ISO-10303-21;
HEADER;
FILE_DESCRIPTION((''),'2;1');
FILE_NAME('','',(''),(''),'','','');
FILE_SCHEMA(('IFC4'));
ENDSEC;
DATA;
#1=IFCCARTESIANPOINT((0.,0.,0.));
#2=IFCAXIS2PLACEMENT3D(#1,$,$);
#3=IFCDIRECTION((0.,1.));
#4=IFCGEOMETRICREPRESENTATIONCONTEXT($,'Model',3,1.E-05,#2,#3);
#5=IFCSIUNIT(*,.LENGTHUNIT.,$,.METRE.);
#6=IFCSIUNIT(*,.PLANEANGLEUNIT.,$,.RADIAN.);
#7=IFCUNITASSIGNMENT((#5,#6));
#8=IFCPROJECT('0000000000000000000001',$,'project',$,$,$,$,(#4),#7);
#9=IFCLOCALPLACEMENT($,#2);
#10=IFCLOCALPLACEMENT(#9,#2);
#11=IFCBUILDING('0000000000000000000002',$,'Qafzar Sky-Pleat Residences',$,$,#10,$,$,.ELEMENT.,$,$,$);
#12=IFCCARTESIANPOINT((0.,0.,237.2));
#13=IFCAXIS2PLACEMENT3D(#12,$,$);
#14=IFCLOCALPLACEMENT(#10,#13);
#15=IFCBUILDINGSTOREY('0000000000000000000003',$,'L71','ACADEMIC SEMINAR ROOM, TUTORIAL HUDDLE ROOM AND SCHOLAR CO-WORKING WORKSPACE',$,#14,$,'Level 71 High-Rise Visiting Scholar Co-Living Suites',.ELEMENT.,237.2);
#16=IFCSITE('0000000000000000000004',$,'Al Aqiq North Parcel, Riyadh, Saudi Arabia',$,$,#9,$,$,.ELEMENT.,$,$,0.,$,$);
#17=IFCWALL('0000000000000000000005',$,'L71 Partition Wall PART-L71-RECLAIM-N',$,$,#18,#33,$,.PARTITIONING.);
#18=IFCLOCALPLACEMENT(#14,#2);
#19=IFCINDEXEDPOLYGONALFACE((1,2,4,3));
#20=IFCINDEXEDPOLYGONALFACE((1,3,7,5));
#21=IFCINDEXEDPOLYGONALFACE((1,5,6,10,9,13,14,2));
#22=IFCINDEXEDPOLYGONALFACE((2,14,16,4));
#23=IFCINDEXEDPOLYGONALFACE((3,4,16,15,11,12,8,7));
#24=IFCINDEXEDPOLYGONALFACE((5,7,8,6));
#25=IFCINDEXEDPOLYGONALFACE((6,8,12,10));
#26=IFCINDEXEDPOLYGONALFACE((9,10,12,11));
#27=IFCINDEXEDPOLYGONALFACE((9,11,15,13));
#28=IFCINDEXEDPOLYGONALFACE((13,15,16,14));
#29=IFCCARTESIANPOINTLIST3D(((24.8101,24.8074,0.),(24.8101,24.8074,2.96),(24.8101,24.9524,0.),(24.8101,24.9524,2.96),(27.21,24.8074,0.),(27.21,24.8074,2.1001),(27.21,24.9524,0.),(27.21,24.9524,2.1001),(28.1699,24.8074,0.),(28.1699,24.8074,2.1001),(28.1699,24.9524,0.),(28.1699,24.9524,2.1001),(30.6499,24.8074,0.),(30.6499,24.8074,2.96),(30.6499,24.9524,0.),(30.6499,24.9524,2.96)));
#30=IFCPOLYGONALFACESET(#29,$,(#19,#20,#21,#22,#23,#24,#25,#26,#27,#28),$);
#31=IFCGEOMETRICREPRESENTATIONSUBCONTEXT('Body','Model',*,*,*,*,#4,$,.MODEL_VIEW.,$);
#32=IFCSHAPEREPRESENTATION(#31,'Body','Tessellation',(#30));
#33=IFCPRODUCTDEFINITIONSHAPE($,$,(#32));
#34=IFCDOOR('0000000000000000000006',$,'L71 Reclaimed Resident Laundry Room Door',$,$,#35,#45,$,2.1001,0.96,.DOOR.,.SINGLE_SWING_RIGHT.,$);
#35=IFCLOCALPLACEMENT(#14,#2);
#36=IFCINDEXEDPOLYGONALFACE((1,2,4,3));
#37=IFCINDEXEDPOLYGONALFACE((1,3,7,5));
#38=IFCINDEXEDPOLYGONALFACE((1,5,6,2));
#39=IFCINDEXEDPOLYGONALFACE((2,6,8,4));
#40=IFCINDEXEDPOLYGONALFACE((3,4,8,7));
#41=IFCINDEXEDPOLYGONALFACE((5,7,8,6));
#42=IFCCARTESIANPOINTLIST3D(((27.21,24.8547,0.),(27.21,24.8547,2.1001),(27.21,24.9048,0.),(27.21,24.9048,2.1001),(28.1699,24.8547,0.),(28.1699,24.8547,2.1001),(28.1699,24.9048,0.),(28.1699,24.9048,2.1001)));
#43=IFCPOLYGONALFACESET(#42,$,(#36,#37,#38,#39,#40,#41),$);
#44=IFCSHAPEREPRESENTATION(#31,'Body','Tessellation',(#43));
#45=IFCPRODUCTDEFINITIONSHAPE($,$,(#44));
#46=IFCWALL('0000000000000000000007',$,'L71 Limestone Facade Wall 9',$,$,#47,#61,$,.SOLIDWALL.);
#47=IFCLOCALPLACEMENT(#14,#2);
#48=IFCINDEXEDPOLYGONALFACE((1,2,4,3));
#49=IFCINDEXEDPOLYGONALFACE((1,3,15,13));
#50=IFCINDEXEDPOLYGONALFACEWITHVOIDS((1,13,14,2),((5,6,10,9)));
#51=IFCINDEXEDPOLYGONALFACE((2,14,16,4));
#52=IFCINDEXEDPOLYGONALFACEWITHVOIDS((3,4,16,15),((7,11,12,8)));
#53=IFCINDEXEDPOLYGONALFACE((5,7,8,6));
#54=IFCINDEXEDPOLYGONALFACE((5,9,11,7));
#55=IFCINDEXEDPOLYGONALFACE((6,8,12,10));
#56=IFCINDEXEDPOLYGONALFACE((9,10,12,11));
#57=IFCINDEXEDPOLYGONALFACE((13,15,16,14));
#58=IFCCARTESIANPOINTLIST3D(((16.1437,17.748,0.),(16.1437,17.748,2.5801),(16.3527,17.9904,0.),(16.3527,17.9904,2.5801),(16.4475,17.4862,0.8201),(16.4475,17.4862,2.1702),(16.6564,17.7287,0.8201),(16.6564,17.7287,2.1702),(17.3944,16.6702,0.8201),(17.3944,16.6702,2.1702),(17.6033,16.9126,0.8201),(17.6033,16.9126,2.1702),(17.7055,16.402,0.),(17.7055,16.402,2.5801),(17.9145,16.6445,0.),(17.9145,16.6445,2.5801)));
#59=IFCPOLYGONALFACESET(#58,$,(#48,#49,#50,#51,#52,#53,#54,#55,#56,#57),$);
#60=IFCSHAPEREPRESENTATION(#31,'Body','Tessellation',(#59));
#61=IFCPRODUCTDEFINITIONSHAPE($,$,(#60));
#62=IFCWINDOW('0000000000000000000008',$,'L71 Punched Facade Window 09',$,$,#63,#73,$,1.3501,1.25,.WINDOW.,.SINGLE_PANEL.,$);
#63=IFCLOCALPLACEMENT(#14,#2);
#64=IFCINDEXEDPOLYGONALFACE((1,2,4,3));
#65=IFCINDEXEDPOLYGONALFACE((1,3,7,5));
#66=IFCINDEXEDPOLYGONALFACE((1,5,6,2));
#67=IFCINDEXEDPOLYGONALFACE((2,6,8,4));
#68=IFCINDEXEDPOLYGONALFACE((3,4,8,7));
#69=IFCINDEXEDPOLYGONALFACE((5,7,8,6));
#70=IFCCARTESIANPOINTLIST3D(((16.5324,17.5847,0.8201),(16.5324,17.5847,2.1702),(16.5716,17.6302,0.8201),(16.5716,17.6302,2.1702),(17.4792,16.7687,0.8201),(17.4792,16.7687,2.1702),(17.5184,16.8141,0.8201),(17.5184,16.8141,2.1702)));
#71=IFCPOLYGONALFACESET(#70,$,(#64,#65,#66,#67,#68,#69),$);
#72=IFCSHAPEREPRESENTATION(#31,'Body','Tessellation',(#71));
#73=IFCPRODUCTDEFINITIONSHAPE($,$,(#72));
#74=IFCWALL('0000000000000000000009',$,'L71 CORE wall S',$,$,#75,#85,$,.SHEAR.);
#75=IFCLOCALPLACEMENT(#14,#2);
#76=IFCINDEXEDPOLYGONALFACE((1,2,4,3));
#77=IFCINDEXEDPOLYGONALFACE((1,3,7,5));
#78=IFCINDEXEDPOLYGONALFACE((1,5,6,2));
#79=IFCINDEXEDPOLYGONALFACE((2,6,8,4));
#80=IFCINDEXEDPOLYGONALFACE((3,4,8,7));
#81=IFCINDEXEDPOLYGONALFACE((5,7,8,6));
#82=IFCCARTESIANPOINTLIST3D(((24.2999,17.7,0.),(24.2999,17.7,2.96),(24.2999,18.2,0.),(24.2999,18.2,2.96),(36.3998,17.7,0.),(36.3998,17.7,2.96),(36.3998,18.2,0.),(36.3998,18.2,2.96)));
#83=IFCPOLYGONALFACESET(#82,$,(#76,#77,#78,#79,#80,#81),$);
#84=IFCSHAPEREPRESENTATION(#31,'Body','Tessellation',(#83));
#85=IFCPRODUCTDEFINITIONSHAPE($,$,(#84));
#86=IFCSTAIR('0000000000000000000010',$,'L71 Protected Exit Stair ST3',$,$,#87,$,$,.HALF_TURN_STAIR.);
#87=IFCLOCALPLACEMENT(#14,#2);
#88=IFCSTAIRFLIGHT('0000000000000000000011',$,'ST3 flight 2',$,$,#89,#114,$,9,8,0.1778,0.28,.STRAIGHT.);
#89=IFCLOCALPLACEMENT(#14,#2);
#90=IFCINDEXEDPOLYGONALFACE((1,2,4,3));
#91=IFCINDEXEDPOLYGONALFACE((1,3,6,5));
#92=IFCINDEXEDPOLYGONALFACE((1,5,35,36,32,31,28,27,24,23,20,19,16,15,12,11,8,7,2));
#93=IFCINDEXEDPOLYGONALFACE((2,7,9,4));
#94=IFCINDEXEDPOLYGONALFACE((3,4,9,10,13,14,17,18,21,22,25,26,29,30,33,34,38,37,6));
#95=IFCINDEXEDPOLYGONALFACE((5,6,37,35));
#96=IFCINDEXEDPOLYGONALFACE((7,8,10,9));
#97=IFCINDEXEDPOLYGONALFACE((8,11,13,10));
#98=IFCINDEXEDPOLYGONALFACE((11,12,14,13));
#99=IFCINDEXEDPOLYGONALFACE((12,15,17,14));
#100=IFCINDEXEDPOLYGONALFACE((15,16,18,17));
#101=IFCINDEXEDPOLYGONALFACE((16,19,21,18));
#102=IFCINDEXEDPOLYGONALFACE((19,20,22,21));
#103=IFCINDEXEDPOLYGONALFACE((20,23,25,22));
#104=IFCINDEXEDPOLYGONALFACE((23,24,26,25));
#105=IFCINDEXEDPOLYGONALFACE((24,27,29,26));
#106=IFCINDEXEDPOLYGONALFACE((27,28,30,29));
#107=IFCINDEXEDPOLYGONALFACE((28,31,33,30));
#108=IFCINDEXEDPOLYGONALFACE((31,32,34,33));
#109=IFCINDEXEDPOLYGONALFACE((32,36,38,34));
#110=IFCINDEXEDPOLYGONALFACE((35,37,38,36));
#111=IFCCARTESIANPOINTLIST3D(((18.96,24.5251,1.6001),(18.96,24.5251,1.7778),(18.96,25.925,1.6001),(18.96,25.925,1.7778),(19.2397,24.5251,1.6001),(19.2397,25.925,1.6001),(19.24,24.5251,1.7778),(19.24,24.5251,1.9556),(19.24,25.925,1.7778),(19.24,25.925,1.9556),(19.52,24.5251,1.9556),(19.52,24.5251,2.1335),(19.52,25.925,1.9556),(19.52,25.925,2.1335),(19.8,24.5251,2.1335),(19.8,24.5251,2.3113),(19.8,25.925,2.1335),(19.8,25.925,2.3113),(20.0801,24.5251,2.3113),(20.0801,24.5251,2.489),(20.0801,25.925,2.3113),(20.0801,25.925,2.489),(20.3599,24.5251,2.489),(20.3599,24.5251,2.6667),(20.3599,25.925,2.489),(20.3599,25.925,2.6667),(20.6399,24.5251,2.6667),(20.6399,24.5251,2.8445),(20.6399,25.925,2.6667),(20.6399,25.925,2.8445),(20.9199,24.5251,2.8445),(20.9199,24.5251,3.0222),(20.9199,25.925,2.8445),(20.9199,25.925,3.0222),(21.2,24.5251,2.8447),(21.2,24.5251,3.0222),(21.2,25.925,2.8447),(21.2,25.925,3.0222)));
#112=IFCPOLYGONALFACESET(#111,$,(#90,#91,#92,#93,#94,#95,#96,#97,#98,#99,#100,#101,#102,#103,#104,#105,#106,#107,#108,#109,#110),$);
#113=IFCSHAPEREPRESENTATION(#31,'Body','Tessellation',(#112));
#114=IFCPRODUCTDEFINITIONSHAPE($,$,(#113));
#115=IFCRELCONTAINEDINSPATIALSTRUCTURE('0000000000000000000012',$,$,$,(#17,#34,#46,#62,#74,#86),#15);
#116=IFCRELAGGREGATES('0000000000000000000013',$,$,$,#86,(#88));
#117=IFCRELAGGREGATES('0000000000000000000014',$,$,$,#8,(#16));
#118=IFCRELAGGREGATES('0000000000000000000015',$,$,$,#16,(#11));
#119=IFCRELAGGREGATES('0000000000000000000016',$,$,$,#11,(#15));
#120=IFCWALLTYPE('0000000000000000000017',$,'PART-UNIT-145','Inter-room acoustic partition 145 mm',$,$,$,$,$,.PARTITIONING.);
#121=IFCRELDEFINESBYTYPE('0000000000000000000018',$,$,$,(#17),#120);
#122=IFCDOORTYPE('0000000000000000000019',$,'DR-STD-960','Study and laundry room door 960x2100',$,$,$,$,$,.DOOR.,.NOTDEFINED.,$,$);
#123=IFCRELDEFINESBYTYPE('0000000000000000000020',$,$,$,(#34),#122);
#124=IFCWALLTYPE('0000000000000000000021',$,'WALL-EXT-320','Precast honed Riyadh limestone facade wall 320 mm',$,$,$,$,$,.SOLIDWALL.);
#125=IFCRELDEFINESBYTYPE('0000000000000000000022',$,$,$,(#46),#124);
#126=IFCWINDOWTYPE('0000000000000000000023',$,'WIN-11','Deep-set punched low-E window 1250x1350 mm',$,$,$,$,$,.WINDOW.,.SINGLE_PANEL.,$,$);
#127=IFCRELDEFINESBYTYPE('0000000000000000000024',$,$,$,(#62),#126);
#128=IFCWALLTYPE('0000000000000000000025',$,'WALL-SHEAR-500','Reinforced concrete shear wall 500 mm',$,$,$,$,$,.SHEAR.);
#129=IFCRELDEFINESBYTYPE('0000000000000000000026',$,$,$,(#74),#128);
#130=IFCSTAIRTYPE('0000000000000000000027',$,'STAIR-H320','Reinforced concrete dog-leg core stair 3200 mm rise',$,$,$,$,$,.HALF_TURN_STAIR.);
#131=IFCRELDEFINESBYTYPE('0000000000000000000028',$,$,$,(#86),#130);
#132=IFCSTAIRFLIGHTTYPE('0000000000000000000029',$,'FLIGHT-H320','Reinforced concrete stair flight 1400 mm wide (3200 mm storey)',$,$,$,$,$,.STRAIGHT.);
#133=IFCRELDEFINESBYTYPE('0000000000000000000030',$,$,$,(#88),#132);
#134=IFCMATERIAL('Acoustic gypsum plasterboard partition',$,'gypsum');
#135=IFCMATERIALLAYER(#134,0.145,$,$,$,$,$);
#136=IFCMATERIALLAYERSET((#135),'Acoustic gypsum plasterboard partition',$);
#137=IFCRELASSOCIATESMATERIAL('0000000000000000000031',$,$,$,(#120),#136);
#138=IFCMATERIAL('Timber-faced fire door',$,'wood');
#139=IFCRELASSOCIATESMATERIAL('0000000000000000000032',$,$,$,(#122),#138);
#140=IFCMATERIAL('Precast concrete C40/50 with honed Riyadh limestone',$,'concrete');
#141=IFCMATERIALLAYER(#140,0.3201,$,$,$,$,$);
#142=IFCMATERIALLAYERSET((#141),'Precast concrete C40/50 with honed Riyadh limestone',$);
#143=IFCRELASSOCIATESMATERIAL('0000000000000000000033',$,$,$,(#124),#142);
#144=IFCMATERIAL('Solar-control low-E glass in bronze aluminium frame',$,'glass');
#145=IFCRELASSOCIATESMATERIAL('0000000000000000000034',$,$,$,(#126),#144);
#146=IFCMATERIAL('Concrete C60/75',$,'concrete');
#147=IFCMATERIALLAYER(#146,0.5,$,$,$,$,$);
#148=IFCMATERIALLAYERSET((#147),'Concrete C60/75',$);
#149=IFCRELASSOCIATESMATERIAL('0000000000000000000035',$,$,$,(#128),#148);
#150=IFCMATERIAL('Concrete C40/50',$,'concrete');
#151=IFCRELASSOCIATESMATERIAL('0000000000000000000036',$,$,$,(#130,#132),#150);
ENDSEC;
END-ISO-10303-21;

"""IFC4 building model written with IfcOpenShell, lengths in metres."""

from ifc_helpers import new_model, si_unit, direction, frame, frame_2d, origin, place, context, subcontext, project, spatial, polyline, rectangle, outline, extrude, source, transform, mapped, material, layer, layer_set, type_object, element, fill, aggregate, save


model = new_model("IFC4")

# Units and contexts
model_context = context("Model", 3, precision=1e-05, world=origin(), true_north=direction((0.0, 1.0)))
body_context = subcontext(model_context, "Body", "Model", "MODEL_VIEW")
ifc_project = project(units=[si_unit("LENGTHUNIT", "METRE"), si_unit("PLANEANGLEUNIT", "RADIAN")], contexts=[model_context])

# Site, building, storey
site_placement = place(None, origin())
site = spatial("IfcSite", under=ifc_project, at=site_placement, Name="Al Aqiq North Parcel, Riyadh, Saudi Arabia", CompositionType="ELEMENT", RefElevation=0.0)
building_placement = place(site_placement, origin())
building = spatial("IfcBuilding", under=site, at=building_placement, Name="Qafzar Sky-Pleat Residences", CompositionType="ELEMENT")
storey_placement = place(building_placement, frame((0.0, 0.0, 237.2)))
storey = spatial("IfcBuildingStorey", under=building, at=storey_placement, Name="L71", Description="ACADEMIC SEMINAR ROOM, TUTORIAL HUDDLE ROOM AND SCHOLAR CO-WORKING WORKSPACE", LongName="Level 71 High-Rise Visiting Scholar Co-Living Suites", CompositionType="ELEMENT", Elevation=237.2)

# Shared definitions
ifc_material_1 = material(Name="Acoustic gypsum plasterboard partition", Category="gypsum")
ifc_material_2 = material(Name="Timber-faced fire door", Category="wood")

# Wall, opening, door
ifc_layer_1 = layer(ifc_material_1, 0.145)
ifc_layer_set_1 = layer_set([ifc_layer_1], Name="Acoustic gypsum plasterboard partition")
wall_type_1 = type_object("IfcWallType", Name="PART-UNIT-145", Description="Inter-room acoustic partition 145 mm", PredefinedType="PARTITIONING", material=ifc_layer_set_1)
wall_1_placement = place(storey_placement, frame((24.8101, 24.8799, 0.0), z_axis=(0.0, 0.0, 1.0), x_axis=(1.0, 0.0, 0.0)))
wall_1 = element("IfcWall", 1, at=wall_1_placement, inside=storey, type_object=wall_type_1, Name="L71 Partition Wall PART-L71-RECLAIM-N", PredefinedType="PARTITIONING", context=body_context, shape_type="SweptSolid", body=[
    extrude(rectangle(XDim=5.8398, YDim=0.145, at=frame_2d((2.9199, 0.0))), origin(), (0.0, 0.0, 1.0), 2.96),
])
opening_1_placement = place(wall_1_placement, frame((2.3999, 0.0, 0.0)))
opening_1 = element("IfcOpeningElement", 2, at=opening_1_placement, cuts=wall_1, PredefinedType="OPENING", context=body_context, shape_type="SweptSolid", body=[
    extrude(rectangle(XDim=0.96, YDim=2.1001, at=frame_2d((0.48, 1.05))), frame((0.0, 0.0825, 0.0), z_axis=(0.0, -1.0, 0.0), x_axis=(1.0, 0.0, 0.0)), (0.0, 0.0, 1.0), 0.165),
])
door_type_1 = type_object("IfcDoorType", Name="DR-STD-960", Description="Study and laundry room door 960x2100", OperationType="NOTDEFINED", PredefinedType="DOOR", material=ifc_material_2)
shared_shape_1 = source(origin(), body_context, "Body", "SweptSolid", [
    extrude(rectangle(XDim=0.96, YDim=2.1001, at=frame_2d((0.48, 1.05))), frame((0.0, 0.0249, 0.0), z_axis=(0.0, -1.0, 0.0), x_axis=(1.0, 0.0, 0.0)), (0.0, 0.0, 1.0), 0.05),
])
door_1_placement = place(opening_1_placement, origin())
door_1 = element("IfcDoor", 3, at=door_1_placement, inside=storey, type_object=door_type_1, Name="L71 Reclaimed Resident Laundry Room Door", OperationType="SINGLE_SWING_RIGHT", OverallHeight=2.1001, OverallWidth=0.96, PredefinedType="DOOR", context=body_context, shape_type="MappedRepresentation", body=[
    mapped(shared_shape_1, transform((0.0, 0.0, 0.0), x_axis=(1.0, 0.0, 0.0), y_axis=(0.0, 1.0, 0.0), z_axis=(0.0, 0.0, 1.0), scale=1.0)),
])
fill(opening_1, door_1)

# Wall, opening, window
ifc_material_3 = material(Name="Precast concrete C40/50 with honed Riyadh limestone", Category="concrete")
ifc_layer_2 = layer(ifc_material_3, 0.3201)
ifc_layer_set_2 = layer_set([ifc_layer_2], Name="Precast concrete C40/50 with honed Riyadh limestone")
wall_type_2 = type_object("IfcWallType", Name="WALL-EXT-320", Description="Precast honed Riyadh limestone facade wall 320 mm", PredefinedType="SOLIDWALL", material=ifc_layer_set_2)
wall_2_placement = place(storey_placement, frame((16.2483, 17.8691, 0.0), z_axis=(0.0, 0.0, 1.0), x_axis=(0.757507, -0.652827, 0.0)))
wall_2 = element("IfcWall", 4, at=wall_2_placement, inside=storey, type_object=wall_type_2, Name="L71 Limestone Facade Wall 9", PredefinedType="SOLIDWALL", context=body_context, shape_type="SweptSolid", body=[
    extrude(rectangle(XDim=2.0618, YDim=0.3201, at=frame_2d((1.0308, 0.0))), origin(), (0.0, 0.0, 1.0), 2.5801),
])
opening_2_placement = place(wall_2_placement, frame((0.4009, 0.0, 0.8201)))
opening_2 = element("IfcOpeningElement", 5, at=opening_2_placement, cuts=wall_2, PredefinedType="OPENING", context=body_context, shape_type="SweptSolid", body=[
    extrude(rectangle(XDim=1.25, YDim=1.3501, at=frame_2d((0.625, 0.675))), frame((0.0, 0.1699, 0.0), z_axis=(0.0, -1.0, 0.0), x_axis=(1.0, 0.0, 0.0)), (0.0, 0.0, 1.0), 0.3401),
])
ifc_material_4 = material(Name="Solar-control low-E glass in bronze aluminium frame", Category="glass")
window_type = type_object("IfcWindowType", Name="WIN-11", Description="Deep-set punched low-E window 1250x1350 mm", PartitioningType="SINGLE_PANEL", PredefinedType="WINDOW", material=ifc_material_4)
shared_shape_2 = source(origin(), body_context, "Body", "SweptSolid", [
    extrude(rectangle(XDim=1.25, YDim=1.3501, at=frame_2d((0.625, 0.675))), frame((0.0, 0.03, 0.0), z_axis=(0.0, -1.0, 0.0), x_axis=(1.0, 0.0, 0.0)), (0.0, 0.0, 1.0), 0.0601),
])
window_placement = place(opening_2_placement, origin())
window = element("IfcWindow", 6, at=window_placement, inside=storey, type_object=window_type, Name="L71 Punched Facade Window 09", OverallHeight=1.3501, OverallWidth=1.25, PartitioningType="SINGLE_PANEL", PredefinedType="WINDOW", context=body_context, shape_type="MappedRepresentation", body=[
    mapped(shared_shape_2, transform((0.0, 0.0, 0.0), x_axis=(1.0, 0.0, 0.0), y_axis=(0.0, 1.0, 0.0), z_axis=(0.0, 0.0, 1.0), scale=1.0)),
])
fill(opening_2, window)

# Shared definitions
ifc_material_5 = material(Name="Concrete C60/75", Category="concrete")

# Wall
ifc_layer_3 = layer(ifc_material_5, 0.5)
ifc_layer_set_3 = layer_set([ifc_layer_3], Name="Concrete C60/75")
wall_type_3 = type_object("IfcWallType", Name="WALL-SHEAR-500", Description="Reinforced concrete shear wall 500 mm", PredefinedType="SHEAR", material=ifc_layer_set_3)
wall_3_placement = place(storey_placement, frame((24.3, 17.95, 0.0), z_axis=(0.0, 0.0, 1.0), x_axis=(1.0, 0.0, 0.0)))
element("IfcWall", 7, at=wall_3_placement, inside=storey, type_object=wall_type_3, Name="L71 CORE wall S", PredefinedType="SHEAR", context=body_context, shape_type="SweptSolid", body=[
    extrude(rectangle(XDim=12.0999, YDim=0.5, at=frame_2d((6.0498, 0.0))), origin(), (0.0, 0.0, 1.0), 2.96),
])

# Stair, stair flight
ifc_material_6 = material(Name="Concrete C40/50", Category="concrete")
stair_type = type_object("IfcStairType", Name="STAIR-H320", Description="Reinforced concrete dog-leg core stair 3200 mm rise", PredefinedType="HALF_TURN_STAIR", material=ifc_material_6)
stair_placement = place(storey_placement, origin())
stair = element("IfcStair", 8, at=stair_placement, inside=storey, type_object=stair_type, Name="L71 Protected Exit Stair ST3", PredefinedType="HALF_TURN_STAIR")
stair_flight_type = type_object("IfcStairFlightType", Name="FLIGHT-H320", Description="Reinforced concrete stair flight 1400 mm wide (3200 mm storey)", PredefinedType="STRAIGHT", material=ifc_material_6)
shared_shape_3 = source(origin(), body_context, "Body", "SweptSolid", [
    extrude(outline(polyline([(0.0, 0.0), (0.0, 0.1777), (0.28, 0.1777), (0.28, 0.3555), (0.5601, 0.3555), (0.5601, 0.5334), (0.8401, 0.5334), (0.8401, 0.7112), (1.1201, 0.7112), (1.1201, 0.8889), (1.3999, 0.8889), (1.3999, 1.0667), (1.6799, 1.0667), (1.6799, 1.2444), (1.96, 1.2444), (1.96, 1.4221), (2.24, 1.4221), (2.24, 1.6001), (2.24, 1.2446), (0.2798, 0.0), (0.0, 0.0)])), frame((0.0, 0.7, 0.0), z_axis=(0.0, -1.0, 0.0), x_axis=(1.0, 0.0, 0.0)), (0.0, 0.0, 1.0), 1.3999),
])
stair_flight_placement = place(storey_placement, frame((18.96, 25.2251, 1.6001), z_axis=(0.0, 0.0, 1.0), x_axis=(1.0, 0.0, 0.0)))
stair_flight = element("IfcStairFlight", 9, at=stair_flight_placement, type_object=stair_flight_type, Name="ST3 flight 2", NumberOfRisers=9, NumberOfTreads=8, PredefinedType="STRAIGHT", RiserHeight=0.1778, TreadLength=0.28, context=body_context, shape_type="MappedRepresentation", body=[
    mapped(shared_shape_3, transform((0.0, 0.0, 0.0), x_axis=(1.0, 0.0, 0.0), y_axis=(0.0, 1.0, 0.0), z_axis=(0.0, 0.0, 1.0), scale=1.0)),
])
aggregate(stair, [stair_flight])

save(model, "model.ifc")
